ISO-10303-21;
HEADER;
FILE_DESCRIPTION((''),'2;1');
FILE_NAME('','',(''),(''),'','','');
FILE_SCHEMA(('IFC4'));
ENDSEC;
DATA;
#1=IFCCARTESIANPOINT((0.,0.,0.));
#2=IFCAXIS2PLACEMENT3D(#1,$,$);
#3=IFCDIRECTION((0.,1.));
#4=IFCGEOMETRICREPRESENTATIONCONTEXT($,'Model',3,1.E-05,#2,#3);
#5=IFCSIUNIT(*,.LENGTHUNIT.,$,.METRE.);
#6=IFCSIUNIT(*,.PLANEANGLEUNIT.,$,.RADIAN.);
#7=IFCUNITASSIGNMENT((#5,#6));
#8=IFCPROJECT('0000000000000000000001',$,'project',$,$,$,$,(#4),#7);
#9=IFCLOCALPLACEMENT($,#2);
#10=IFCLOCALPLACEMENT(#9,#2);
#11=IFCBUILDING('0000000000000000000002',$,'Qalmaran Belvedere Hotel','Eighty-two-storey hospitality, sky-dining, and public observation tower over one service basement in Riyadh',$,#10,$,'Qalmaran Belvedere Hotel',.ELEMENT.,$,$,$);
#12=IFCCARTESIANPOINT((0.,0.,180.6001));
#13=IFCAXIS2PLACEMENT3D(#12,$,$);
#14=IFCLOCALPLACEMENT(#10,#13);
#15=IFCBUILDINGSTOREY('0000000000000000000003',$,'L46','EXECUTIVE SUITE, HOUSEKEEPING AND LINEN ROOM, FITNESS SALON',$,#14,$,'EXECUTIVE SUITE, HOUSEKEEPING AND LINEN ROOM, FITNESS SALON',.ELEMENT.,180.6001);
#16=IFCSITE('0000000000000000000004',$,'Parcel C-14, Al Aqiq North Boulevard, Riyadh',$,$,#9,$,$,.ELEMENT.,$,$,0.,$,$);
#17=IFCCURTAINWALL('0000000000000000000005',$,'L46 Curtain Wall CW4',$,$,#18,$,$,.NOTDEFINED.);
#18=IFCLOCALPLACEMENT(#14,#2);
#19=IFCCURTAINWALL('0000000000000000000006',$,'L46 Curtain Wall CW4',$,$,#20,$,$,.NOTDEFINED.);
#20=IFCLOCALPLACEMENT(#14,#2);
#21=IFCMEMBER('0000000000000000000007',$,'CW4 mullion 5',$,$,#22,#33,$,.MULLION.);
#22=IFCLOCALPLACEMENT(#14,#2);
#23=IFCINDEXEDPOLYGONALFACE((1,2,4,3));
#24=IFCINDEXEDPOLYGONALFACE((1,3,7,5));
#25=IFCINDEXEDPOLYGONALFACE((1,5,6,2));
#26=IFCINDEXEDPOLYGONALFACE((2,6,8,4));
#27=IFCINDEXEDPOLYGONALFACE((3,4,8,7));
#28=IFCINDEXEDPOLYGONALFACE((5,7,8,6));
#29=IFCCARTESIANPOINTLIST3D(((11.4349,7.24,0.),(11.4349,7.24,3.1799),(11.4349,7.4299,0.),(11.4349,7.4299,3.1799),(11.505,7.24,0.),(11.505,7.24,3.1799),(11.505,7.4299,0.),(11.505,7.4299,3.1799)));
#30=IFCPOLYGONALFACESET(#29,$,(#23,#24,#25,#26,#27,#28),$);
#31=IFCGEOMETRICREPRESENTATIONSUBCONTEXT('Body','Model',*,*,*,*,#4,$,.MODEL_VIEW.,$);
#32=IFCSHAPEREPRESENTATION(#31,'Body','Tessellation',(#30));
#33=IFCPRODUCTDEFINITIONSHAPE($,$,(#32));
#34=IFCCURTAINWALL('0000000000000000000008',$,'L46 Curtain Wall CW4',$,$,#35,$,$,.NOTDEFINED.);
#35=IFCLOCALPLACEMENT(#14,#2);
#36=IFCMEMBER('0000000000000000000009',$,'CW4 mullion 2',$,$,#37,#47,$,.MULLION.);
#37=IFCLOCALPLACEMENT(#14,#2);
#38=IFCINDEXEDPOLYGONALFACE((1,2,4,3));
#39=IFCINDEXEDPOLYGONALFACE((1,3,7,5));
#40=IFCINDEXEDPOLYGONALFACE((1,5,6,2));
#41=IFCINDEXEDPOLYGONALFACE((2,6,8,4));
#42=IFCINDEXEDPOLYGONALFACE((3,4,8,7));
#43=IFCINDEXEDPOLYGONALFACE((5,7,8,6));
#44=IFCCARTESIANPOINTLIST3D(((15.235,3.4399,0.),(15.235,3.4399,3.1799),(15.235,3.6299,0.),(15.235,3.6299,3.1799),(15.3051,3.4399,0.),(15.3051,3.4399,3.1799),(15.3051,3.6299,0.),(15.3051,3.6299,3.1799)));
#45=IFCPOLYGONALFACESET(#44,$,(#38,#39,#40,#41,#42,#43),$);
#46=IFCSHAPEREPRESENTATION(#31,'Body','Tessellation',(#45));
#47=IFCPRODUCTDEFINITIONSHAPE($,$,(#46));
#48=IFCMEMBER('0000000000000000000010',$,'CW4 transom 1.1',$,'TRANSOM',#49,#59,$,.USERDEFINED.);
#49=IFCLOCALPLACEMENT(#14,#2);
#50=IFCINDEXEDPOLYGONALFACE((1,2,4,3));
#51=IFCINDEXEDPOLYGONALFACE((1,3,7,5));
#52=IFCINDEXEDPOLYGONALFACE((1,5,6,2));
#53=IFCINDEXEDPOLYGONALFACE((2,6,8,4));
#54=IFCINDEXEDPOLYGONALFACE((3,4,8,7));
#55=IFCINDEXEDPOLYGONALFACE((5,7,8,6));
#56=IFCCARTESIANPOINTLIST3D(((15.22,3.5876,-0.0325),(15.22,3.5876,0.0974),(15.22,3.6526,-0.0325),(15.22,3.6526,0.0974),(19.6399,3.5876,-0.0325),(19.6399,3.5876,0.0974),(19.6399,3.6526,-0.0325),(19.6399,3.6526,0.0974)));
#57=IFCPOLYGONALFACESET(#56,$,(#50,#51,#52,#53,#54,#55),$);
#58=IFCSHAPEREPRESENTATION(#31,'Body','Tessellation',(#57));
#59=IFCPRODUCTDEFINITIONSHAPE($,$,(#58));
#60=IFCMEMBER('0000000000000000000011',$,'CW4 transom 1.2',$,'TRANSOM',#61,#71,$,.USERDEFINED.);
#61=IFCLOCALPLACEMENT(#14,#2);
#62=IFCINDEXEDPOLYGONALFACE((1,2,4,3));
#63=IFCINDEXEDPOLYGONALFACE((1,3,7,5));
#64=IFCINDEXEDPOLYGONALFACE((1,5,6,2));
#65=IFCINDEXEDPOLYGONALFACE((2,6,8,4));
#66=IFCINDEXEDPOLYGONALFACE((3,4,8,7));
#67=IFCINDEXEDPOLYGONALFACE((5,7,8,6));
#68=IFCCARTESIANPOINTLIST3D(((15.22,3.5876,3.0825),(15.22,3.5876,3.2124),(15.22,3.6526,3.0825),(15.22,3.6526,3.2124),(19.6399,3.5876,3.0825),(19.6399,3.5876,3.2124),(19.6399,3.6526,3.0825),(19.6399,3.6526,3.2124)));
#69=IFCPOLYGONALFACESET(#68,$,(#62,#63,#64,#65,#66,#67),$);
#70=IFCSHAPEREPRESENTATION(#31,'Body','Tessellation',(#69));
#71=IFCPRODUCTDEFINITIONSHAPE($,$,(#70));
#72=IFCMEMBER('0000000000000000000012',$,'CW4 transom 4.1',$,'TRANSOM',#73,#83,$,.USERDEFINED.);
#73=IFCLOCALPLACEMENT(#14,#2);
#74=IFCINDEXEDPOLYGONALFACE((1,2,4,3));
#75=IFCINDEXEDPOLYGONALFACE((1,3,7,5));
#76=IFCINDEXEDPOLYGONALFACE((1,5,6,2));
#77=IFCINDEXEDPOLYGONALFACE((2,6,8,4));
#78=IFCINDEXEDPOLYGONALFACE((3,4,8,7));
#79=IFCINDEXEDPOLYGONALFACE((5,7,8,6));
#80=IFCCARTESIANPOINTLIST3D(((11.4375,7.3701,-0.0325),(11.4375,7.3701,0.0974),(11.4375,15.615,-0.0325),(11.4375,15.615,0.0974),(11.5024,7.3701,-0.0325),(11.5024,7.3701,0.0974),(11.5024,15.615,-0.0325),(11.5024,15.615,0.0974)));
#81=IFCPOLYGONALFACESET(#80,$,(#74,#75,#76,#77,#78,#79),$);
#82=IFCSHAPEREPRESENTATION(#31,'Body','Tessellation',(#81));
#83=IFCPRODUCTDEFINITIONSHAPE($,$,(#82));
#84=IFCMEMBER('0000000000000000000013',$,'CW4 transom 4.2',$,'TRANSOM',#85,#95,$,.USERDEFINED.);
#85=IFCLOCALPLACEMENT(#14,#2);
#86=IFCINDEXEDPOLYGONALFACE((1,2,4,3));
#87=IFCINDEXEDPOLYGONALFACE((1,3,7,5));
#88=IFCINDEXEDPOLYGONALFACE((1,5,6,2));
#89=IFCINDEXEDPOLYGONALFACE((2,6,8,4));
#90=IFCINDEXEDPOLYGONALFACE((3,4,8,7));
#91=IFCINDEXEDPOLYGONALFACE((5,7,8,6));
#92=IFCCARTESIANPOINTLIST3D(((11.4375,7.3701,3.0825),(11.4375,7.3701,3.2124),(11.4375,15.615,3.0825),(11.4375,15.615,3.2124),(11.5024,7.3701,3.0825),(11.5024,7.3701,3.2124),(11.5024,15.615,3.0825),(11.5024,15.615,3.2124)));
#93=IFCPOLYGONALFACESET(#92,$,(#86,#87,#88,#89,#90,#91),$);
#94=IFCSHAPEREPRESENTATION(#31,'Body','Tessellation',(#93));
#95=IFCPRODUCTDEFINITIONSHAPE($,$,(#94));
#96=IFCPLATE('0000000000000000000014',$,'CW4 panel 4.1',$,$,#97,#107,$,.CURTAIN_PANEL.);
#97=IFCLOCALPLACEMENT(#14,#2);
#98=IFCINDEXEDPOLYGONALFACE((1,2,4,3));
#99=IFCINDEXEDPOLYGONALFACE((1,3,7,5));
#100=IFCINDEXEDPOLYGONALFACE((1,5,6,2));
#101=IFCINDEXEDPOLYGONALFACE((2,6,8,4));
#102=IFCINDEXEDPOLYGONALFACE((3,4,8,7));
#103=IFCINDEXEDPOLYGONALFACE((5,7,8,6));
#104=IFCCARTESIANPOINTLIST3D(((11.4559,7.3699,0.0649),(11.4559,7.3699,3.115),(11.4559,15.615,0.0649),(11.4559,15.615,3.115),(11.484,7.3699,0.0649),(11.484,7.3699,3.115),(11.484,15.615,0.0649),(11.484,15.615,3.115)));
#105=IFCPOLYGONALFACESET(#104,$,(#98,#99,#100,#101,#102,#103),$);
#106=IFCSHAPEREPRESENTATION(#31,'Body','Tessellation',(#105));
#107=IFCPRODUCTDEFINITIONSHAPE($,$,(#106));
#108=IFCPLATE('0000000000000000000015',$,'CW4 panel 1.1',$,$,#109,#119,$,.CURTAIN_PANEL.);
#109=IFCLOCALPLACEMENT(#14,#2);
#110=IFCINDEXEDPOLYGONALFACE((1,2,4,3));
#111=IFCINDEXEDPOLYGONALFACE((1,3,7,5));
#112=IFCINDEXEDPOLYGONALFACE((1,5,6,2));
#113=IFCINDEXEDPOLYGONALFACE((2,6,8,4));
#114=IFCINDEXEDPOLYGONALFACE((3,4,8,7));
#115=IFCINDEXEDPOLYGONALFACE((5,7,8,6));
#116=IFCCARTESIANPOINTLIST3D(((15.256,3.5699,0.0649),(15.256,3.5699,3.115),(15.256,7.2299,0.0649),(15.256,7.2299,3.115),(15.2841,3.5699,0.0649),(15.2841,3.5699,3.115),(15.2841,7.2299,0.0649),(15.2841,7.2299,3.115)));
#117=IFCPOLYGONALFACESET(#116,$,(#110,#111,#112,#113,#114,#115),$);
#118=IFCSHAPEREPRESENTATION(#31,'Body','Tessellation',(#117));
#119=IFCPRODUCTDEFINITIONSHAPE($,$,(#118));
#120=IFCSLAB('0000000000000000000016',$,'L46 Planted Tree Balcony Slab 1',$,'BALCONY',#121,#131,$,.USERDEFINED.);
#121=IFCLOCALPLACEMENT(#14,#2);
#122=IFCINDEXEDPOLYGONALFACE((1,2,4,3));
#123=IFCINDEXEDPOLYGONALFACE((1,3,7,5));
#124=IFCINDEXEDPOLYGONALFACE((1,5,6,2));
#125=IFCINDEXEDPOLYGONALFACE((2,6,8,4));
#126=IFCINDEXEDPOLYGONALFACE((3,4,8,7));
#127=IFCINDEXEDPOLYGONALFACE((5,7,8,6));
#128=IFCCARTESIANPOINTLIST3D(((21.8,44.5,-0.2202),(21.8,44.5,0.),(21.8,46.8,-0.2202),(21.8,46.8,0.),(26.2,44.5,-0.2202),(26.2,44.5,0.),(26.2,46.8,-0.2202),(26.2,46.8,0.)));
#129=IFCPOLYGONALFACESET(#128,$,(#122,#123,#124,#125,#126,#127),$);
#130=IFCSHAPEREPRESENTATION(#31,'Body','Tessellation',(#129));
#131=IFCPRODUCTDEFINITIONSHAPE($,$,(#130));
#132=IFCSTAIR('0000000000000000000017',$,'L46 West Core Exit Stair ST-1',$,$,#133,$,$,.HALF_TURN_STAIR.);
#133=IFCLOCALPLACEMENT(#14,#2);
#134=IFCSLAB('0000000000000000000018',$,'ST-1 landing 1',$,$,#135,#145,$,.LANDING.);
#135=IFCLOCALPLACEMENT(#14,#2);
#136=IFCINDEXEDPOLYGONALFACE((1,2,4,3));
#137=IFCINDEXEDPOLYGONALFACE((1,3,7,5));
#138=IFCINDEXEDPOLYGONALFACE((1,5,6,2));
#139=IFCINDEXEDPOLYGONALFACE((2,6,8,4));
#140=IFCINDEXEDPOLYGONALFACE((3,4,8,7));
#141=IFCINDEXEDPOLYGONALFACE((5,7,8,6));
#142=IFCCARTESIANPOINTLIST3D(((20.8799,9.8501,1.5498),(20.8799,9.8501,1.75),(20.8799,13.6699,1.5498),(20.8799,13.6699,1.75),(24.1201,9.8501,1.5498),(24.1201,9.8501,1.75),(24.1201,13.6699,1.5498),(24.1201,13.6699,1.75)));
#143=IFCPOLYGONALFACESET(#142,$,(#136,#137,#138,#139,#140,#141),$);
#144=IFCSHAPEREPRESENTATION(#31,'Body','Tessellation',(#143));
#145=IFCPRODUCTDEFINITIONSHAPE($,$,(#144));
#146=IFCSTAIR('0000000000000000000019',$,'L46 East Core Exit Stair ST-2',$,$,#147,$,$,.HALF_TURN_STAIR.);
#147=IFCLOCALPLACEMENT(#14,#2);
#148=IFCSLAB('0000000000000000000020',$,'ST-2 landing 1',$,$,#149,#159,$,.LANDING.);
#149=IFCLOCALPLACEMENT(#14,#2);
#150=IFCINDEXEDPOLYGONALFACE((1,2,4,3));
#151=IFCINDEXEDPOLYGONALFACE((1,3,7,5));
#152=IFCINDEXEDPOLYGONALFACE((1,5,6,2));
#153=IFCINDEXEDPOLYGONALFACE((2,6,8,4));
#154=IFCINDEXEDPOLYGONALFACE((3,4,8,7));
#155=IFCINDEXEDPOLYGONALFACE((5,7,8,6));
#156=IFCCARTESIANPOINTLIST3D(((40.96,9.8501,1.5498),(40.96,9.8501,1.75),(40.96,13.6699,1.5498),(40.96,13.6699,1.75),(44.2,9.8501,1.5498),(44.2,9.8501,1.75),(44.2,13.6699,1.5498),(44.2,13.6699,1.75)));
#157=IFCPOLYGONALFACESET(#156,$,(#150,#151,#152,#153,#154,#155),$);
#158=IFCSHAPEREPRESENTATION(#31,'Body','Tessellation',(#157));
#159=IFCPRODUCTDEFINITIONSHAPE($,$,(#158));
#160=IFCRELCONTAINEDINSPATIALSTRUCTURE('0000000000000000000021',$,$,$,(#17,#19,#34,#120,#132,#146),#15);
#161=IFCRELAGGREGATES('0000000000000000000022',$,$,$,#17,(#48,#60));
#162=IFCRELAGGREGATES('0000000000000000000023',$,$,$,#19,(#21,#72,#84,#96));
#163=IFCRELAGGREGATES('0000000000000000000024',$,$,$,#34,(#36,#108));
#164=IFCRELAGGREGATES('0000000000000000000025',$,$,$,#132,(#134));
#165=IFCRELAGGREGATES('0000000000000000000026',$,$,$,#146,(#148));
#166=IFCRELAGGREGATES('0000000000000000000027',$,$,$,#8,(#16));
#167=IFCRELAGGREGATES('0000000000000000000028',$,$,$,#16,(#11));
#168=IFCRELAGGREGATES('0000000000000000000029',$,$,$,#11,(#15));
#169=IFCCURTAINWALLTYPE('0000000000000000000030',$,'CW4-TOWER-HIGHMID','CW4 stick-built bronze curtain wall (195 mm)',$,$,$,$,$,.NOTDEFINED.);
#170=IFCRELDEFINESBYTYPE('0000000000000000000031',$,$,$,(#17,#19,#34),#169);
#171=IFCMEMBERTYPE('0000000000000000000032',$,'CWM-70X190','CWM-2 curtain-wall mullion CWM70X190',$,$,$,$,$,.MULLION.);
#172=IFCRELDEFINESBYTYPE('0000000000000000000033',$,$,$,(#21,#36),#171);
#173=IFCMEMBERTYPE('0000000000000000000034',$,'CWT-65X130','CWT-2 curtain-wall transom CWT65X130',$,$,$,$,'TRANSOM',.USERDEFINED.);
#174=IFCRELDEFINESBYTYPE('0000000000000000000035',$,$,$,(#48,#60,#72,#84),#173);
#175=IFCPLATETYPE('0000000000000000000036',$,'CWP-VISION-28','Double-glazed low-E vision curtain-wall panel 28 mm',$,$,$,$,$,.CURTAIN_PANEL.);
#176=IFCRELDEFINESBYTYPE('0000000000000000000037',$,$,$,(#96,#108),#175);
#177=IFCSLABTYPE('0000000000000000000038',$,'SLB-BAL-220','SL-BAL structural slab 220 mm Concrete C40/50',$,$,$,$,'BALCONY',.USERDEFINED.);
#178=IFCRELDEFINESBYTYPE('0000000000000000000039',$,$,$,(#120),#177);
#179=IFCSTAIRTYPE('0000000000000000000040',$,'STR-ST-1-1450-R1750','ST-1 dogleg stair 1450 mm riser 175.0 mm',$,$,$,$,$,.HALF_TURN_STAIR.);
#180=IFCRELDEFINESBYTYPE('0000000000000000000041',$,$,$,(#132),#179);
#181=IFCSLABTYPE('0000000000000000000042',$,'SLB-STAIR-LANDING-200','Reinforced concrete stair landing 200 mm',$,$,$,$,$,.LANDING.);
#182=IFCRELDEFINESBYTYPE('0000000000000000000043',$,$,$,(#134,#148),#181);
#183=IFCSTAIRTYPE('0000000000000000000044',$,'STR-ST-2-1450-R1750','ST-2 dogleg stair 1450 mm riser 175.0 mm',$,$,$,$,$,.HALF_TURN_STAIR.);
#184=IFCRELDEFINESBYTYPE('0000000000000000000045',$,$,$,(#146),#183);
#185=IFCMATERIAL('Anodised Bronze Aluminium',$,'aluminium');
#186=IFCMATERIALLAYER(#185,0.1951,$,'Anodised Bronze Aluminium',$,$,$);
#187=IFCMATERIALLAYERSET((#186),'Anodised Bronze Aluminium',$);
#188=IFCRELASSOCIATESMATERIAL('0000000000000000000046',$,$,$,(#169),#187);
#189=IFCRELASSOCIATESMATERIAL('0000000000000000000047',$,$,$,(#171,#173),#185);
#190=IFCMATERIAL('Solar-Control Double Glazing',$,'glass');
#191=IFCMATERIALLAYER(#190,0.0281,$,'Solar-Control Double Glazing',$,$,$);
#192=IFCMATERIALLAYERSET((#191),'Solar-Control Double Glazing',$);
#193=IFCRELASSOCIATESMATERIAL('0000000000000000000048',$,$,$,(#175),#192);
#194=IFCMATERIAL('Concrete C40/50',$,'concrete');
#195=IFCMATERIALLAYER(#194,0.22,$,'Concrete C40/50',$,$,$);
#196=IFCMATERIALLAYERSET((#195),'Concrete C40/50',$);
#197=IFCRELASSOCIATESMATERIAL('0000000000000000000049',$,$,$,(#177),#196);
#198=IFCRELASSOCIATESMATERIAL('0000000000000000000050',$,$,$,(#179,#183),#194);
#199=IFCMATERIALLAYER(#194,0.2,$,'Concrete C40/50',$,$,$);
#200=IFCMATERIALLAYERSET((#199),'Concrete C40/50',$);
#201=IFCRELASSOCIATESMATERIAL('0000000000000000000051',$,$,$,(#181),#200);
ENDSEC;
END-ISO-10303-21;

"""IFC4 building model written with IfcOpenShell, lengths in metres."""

from ifc_helpers import new_model, si_unit, direction, frame, origin, origin_2d, place, context, subcontext, project, spatial, polyline, rectangle, outline, extrude, material, layer, layer_set, material_profile, profile_set, type_object, element, aggregate, save


model = new_model("IFC4")

# Units and contexts
model_context = context("Model", 3, precision=1e-05, world=origin(), true_north=direction((0.0, 1.0)))
body_context = subcontext(model_context, "Body", "Model", "MODEL_VIEW")
ifc_project = project(units=[si_unit("LENGTHUNIT", "METRE"), si_unit("PLANEANGLEUNIT", "RADIAN")], contexts=[model_context])

# Site, building, storey
site_placement = place(None, origin())
site = spatial("IfcSite", under=ifc_project, at=site_placement, Name="Parcel C-14, Al Aqiq North Boulevard, Riyadh", CompositionType="ELEMENT", RefElevation=0.0)
building_placement = place(site_placement, origin())
building = spatial("IfcBuilding", under=site, at=building_placement, Name="Qalmaran Belvedere Hotel", Description="Eighty-two-storey hospitality, sky-dining, and public observation tower over one service basement in Riyadh", LongName="Qalmaran Belvedere Hotel", CompositionType="ELEMENT")
storey_placement = place(building_placement, frame((0.0, 0.0, 180.6001)))
storey = spatial("IfcBuildingStorey", under=building, at=storey_placement, Name="L46", Description="EXECUTIVE SUITE, HOUSEKEEPING AND LINEN ROOM, FITNESS SALON", LongName="EXECUTIVE SUITE, HOUSEKEEPING AND LINEN ROOM, FITNESS SALON", CompositionType="ELEMENT", Elevation=180.6001)

# Curtain wall
ifc_material_1 = material(Name="Anodised Bronze Aluminium", Category="aluminium")
ifc_layer_1 = layer(ifc_material_1, 0.1951, Name="Anodised Bronze Aluminium")
ifc_layer_set_1 = layer_set([ifc_layer_1], Name="Anodised Bronze Aluminium")
curtain_wall_type = type_object("IfcCurtainWallType", Name="CW4-TOWER-HIGHMID", Description="CW4 stick-built bronze curtain wall (195 mm)", PredefinedType="NOTDEFINED", material=ifc_layer_set_1)
curtain_wall_1_placement = place(storey_placement, origin())
curtain_wall_1 = element("IfcCurtainWall", 1, at=curtain_wall_1_placement, inside=storey, type_object=curtain_wall_type, Name="L46 Curtain Wall CW4", PredefinedType="NOTDEFINED")
ifc_material_profile_1 = material_profile(ifc_material_1, rectangle(XDim=0.0701, YDim=0.1899, at=origin_2d()), Name="CWM70X190")
ifc_profile_set_1 = profile_set([ifc_material_profile_1], Name="Anodised Bronze Aluminium")
member_type_1 = type_object("IfcMemberType", Name="CWM-70X190", Description="CWM-2 curtain-wall mullion CWM70X190", PredefinedType="MULLION", material=ifc_profile_set_1)

# Curtain wall, member
curtain_wall_2_placement = place(storey_placement, origin())
curtain_wall_2 = element("IfcCurtainWall", 2, at=curtain_wall_2_placement, inside=storey, type_object=curtain_wall_type, Name="L46 Curtain Wall CW4", PredefinedType="NOTDEFINED")
member_1_placement = place(storey_placement, frame((11.47, 7.335, 0.0), z_axis=(0.0, 0.0, 1.0), x_axis=(1.0, 0.0, 0.0)))
member_1 = element("IfcMember", 3, at=member_1_placement, type_object=member_type_1, Name="CW4 mullion 5", PredefinedType="MULLION", context=body_context, shape_type="SweptSolid", body=[
    extrude(rectangle(XDim=0.0701, YDim=0.1899, at=origin_2d()), origin(), (0.0, 0.0, 1.0), 3.1799),
])

# Curtain wall, member
curtain_wall_3_placement = place(storey_placement, origin())
curtain_wall_3 = element("IfcCurtainWall", 4, at=curtain_wall_3_placement, inside=storey, type_object=curtain_wall_type, Name="L46 Curtain Wall CW4", PredefinedType="NOTDEFINED")
member_2_placement = place(storey_placement, frame((15.27, 3.5349, 0.0), z_axis=(0.0, 0.0, 1.0), x_axis=(1.0, 0.0, 0.0)))
member_2 = element("IfcMember", 5, at=member_2_placement, type_object=member_type_1, Name="CW4 mullion 2", PredefinedType="MULLION", context=body_context, shape_type="SweptSolid", body=[
    extrude(rectangle(XDim=0.0701, YDim=0.1899, at=origin_2d()), origin(), (0.0, 0.0, 1.0), 3.1799),
])

# Members
ifc_material_profile_2 = material_profile(ifc_material_1, rectangle(XDim=0.0649, YDim=0.1299, at=origin_2d()), Name="CWT65X130")
ifc_profile_set_2 = profile_set([ifc_material_profile_2], Name="Anodised Bronze Aluminium")
member_type_2 = type_object("IfcMemberType", Name="CWT-65X130", Description="CWT-2 curtain-wall transom CWT65X130", ElementType="TRANSOM", PredefinedType="USERDEFINED", material=ifc_profile_set_2)
member_3_placement = place(storey_placement, frame((15.22, 3.6201, 0.0325), z_axis=(1.0, 0.0, 0.0), x_axis=(0.0, 1.0, 0.0)))
member_3 = element("IfcMember", 6, at=member_3_placement, type_object=member_type_2, Name="CW4 transom 1.1", ObjectType="TRANSOM", PredefinedType="USERDEFINED", context=body_context, shape_type="SweptSolid", body=[
    extrude(rectangle(XDim=0.0649, YDim=0.1299, at=origin_2d()), origin(), (0.0, 0.0, 1.0), 4.4199),
])
member_4_placement = place(storey_placement, frame((15.22, 3.6201, 3.1475), z_axis=(1.0, 0.0, 0.0), x_axis=(0.0, 1.0, 0.0)))
member_4 = element("IfcMember", 7, at=member_4_placement, type_object=member_type_2, Name="CW4 transom 1.2", ObjectType="TRANSOM", PredefinedType="USERDEFINED", context=body_context, shape_type="SweptSolid", body=[
    extrude(rectangle(XDim=0.0649, YDim=0.1299, at=origin_2d()), origin(), (0.0, 0.0, 1.0), 4.4199),
])
aggregate(curtain_wall_1, [member_3, member_4])
member_5_placement = place(storey_placement, frame((11.47, 15.615, 0.0325), z_axis=(0.0, -1.0, 0.0), x_axis=(1.0, 0.0, 0.0)))
member_5 = element("IfcMember", 8, at=member_5_placement, type_object=member_type_2, Name="CW4 transom 4.1", ObjectType="TRANSOM", PredefinedType="USERDEFINED", context=body_context, shape_type="SweptSolid", body=[
    extrude(rectangle(XDim=0.0649, YDim=0.1299, at=origin_2d()), origin(), (0.0, 0.0, 1.0), 8.2449),
])
member_6_placement = place(storey_placement, frame((11.47, 15.615, 3.1475), z_axis=(0.0, -1.0, 0.0), x_axis=(1.0, 0.0, 0.0)))
member_6 = element("IfcMember", 9, at=member_6_placement, type_object=member_type_2, Name="CW4 transom 4.2", ObjectType="TRANSOM", PredefinedType="USERDEFINED", context=body_context, shape_type="SweptSolid", body=[
    extrude(rectangle(XDim=0.0649, YDim=0.1299, at=origin_2d()), origin(), (0.0, 0.0, 1.0), 8.2449),
])

# Plates
ifc_material_2 = material(Name="Solar-Control Double Glazing", Category="glass")
ifc_layer_2 = layer(ifc_material_2, 0.0281, Name="Solar-Control Double Glazing")
ifc_layer_set_2 = layer_set([ifc_layer_2], Name="Solar-Control Double Glazing")
plate_type = type_object("IfcPlateType", Name="CWP-VISION-28", Description="Double-glazed low-E vision curtain-wall panel 28 mm", PredefinedType="CURTAIN_PANEL", material=ifc_layer_set_2)
plate_1_placement = place(storey_placement, frame((11.47, 11.4924, 0.0649), z_axis=(0.0, 0.0, 1.0), x_axis=(0.0, -1.0, 0.0)))
plate_1 = element("IfcPlate", 10, at=plate_1_placement, type_object=plate_type, Name="CW4 panel 4.1", PredefinedType="CURTAIN_PANEL", context=body_context, shape_type="SweptSolid", body=[
    extrude(rectangle(XDim=8.2451, YDim=0.0281, at=origin_2d()), origin(), (0.0, 0.0, 1.0), 3.05),
])
aggregate(curtain_wall_2, [member_1, member_5, member_6, plate_1])
plate_2_placement = place(storey_placement, frame((15.27, 5.3999, 0.0649), z_axis=(0.0, 0.0, 1.0), x_axis=(0.0, -1.0, 0.0)))
plate_2 = element("IfcPlate", 11, at=plate_2_placement, type_object=plate_type, Name="CW4 panel 1.1", PredefinedType="CURTAIN_PANEL", context=body_context, shape_type="SweptSolid", body=[
    extrude(rectangle(XDim=3.6599, YDim=0.0281, at=origin_2d()), origin(), (0.0, 0.0, 1.0), 3.05),
])
aggregate(curtain_wall_3, [member_2, plate_2])

# Slab
ifc_material_3 = material(Name="Concrete C40/50", Category="concrete")
ifc_layer_3 = layer(ifc_material_3, 0.22, Name="Concrete C40/50")
ifc_layer_set_3 = layer_set([ifc_layer_3], Name="Concrete C40/50")
slab_type_1 = type_object("IfcSlabType", Name="SLB-BAL-220", Description="SL-BAL structural slab 220 mm Concrete C40/50", ElementType="BALCONY", PredefinedType="USERDEFINED", material=ifc_layer_set_3)
slab_1_placement = place(storey_placement, frame((0.0, 0.0, -0.2202)))
element("IfcSlab", 12, at=slab_1_placement, inside=storey, type_object=slab_type_1, Name="L46 Planted Tree Balcony Slab 1", ObjectType="BALCONY", PredefinedType="USERDEFINED", context=body_context, shape_type="SweptSolid", body=[
    extrude(outline(polyline([(21.8, 44.5), (26.2, 44.5), (26.2, 46.8), (21.8, 46.8), (21.8, 44.5)])), origin(), (0.0, 0.0, 1.0), 0.2202),
])

# Stairs, slabs
stair_type_1 = type_object("IfcStairType", Name="STR-ST-1-1450-R1750", Description="ST-1 dogleg stair 1450 mm riser 175.0 mm", PredefinedType="HALF_TURN_STAIR", material=ifc_material_3)
stair_1_placement = place(storey_placement, origin())
stair_1 = element("IfcStair", 13, at=stair_1_placement, inside=storey, type_object=stair_type_1, Name="L46 West Core Exit Stair ST-1", PredefinedType="HALF_TURN_STAIR")
ifc_layer_4 = layer(ifc_material_3, 0.2, Name="Concrete C40/50")
ifc_layer_set_4 = layer_set([ifc_layer_4], Name="Concrete C40/50")
slab_type_2 = type_object("IfcSlabType", Name="SLB-STAIR-LANDING-200", Description="Reinforced concrete stair landing 200 mm", PredefinedType="LANDING", material=ifc_layer_set_4)
slab_2_placement = place(storey_placement, frame((0.0, 0.0, 1.5498)))
slab_2 = element("IfcSlab", 14, at=slab_2_placement, type_object=slab_type_2, Name="ST-1 landing 1", PredefinedType="LANDING", context=body_context, shape_type="SweptSolid", body=[
    extrude(outline(polyline([(20.8799, 13.6699), (20.8799, 9.8501), (24.1201, 9.8501), (24.1201, 13.6699), (20.8799, 13.6699)])), origin(), (0.0, 0.0, 1.0), 0.2002),
])
aggregate(stair_1, [slab_2])
stair_type_2 = type_object("IfcStairType", Name="STR-ST-2-1450-R1750", Description="ST-2 dogleg stair 1450 mm riser 175.0 mm", PredefinedType="HALF_TURN_STAIR", material=ifc_material_3)
stair_2_placement = place(storey_placement, origin())
stair_2 = element("IfcStair", 15, at=stair_2_placement, inside=storey, type_object=stair_type_2, Name="L46 East Core Exit Stair ST-2", PredefinedType="HALF_TURN_STAIR")
slab_3_placement = place(storey_placement, frame((0.0, 0.0, 1.5498)))
slab_3 = element("IfcSlab", 16, at=slab_3_placement, type_object=slab_type_2, Name="ST-2 landing 1", PredefinedType="LANDING", context=body_context, shape_type="SweptSolid", body=[
    extrude(outline(polyline([(40.96, 13.6699), (40.96, 9.8501), (44.2, 9.8501), (44.2, 13.6699), (40.96, 13.6699)])), origin(), (0.0, 0.0, 1.0), 0.2002),
])
aggregate(stair_2, [slab_3])

save(model, "model.ifc")
